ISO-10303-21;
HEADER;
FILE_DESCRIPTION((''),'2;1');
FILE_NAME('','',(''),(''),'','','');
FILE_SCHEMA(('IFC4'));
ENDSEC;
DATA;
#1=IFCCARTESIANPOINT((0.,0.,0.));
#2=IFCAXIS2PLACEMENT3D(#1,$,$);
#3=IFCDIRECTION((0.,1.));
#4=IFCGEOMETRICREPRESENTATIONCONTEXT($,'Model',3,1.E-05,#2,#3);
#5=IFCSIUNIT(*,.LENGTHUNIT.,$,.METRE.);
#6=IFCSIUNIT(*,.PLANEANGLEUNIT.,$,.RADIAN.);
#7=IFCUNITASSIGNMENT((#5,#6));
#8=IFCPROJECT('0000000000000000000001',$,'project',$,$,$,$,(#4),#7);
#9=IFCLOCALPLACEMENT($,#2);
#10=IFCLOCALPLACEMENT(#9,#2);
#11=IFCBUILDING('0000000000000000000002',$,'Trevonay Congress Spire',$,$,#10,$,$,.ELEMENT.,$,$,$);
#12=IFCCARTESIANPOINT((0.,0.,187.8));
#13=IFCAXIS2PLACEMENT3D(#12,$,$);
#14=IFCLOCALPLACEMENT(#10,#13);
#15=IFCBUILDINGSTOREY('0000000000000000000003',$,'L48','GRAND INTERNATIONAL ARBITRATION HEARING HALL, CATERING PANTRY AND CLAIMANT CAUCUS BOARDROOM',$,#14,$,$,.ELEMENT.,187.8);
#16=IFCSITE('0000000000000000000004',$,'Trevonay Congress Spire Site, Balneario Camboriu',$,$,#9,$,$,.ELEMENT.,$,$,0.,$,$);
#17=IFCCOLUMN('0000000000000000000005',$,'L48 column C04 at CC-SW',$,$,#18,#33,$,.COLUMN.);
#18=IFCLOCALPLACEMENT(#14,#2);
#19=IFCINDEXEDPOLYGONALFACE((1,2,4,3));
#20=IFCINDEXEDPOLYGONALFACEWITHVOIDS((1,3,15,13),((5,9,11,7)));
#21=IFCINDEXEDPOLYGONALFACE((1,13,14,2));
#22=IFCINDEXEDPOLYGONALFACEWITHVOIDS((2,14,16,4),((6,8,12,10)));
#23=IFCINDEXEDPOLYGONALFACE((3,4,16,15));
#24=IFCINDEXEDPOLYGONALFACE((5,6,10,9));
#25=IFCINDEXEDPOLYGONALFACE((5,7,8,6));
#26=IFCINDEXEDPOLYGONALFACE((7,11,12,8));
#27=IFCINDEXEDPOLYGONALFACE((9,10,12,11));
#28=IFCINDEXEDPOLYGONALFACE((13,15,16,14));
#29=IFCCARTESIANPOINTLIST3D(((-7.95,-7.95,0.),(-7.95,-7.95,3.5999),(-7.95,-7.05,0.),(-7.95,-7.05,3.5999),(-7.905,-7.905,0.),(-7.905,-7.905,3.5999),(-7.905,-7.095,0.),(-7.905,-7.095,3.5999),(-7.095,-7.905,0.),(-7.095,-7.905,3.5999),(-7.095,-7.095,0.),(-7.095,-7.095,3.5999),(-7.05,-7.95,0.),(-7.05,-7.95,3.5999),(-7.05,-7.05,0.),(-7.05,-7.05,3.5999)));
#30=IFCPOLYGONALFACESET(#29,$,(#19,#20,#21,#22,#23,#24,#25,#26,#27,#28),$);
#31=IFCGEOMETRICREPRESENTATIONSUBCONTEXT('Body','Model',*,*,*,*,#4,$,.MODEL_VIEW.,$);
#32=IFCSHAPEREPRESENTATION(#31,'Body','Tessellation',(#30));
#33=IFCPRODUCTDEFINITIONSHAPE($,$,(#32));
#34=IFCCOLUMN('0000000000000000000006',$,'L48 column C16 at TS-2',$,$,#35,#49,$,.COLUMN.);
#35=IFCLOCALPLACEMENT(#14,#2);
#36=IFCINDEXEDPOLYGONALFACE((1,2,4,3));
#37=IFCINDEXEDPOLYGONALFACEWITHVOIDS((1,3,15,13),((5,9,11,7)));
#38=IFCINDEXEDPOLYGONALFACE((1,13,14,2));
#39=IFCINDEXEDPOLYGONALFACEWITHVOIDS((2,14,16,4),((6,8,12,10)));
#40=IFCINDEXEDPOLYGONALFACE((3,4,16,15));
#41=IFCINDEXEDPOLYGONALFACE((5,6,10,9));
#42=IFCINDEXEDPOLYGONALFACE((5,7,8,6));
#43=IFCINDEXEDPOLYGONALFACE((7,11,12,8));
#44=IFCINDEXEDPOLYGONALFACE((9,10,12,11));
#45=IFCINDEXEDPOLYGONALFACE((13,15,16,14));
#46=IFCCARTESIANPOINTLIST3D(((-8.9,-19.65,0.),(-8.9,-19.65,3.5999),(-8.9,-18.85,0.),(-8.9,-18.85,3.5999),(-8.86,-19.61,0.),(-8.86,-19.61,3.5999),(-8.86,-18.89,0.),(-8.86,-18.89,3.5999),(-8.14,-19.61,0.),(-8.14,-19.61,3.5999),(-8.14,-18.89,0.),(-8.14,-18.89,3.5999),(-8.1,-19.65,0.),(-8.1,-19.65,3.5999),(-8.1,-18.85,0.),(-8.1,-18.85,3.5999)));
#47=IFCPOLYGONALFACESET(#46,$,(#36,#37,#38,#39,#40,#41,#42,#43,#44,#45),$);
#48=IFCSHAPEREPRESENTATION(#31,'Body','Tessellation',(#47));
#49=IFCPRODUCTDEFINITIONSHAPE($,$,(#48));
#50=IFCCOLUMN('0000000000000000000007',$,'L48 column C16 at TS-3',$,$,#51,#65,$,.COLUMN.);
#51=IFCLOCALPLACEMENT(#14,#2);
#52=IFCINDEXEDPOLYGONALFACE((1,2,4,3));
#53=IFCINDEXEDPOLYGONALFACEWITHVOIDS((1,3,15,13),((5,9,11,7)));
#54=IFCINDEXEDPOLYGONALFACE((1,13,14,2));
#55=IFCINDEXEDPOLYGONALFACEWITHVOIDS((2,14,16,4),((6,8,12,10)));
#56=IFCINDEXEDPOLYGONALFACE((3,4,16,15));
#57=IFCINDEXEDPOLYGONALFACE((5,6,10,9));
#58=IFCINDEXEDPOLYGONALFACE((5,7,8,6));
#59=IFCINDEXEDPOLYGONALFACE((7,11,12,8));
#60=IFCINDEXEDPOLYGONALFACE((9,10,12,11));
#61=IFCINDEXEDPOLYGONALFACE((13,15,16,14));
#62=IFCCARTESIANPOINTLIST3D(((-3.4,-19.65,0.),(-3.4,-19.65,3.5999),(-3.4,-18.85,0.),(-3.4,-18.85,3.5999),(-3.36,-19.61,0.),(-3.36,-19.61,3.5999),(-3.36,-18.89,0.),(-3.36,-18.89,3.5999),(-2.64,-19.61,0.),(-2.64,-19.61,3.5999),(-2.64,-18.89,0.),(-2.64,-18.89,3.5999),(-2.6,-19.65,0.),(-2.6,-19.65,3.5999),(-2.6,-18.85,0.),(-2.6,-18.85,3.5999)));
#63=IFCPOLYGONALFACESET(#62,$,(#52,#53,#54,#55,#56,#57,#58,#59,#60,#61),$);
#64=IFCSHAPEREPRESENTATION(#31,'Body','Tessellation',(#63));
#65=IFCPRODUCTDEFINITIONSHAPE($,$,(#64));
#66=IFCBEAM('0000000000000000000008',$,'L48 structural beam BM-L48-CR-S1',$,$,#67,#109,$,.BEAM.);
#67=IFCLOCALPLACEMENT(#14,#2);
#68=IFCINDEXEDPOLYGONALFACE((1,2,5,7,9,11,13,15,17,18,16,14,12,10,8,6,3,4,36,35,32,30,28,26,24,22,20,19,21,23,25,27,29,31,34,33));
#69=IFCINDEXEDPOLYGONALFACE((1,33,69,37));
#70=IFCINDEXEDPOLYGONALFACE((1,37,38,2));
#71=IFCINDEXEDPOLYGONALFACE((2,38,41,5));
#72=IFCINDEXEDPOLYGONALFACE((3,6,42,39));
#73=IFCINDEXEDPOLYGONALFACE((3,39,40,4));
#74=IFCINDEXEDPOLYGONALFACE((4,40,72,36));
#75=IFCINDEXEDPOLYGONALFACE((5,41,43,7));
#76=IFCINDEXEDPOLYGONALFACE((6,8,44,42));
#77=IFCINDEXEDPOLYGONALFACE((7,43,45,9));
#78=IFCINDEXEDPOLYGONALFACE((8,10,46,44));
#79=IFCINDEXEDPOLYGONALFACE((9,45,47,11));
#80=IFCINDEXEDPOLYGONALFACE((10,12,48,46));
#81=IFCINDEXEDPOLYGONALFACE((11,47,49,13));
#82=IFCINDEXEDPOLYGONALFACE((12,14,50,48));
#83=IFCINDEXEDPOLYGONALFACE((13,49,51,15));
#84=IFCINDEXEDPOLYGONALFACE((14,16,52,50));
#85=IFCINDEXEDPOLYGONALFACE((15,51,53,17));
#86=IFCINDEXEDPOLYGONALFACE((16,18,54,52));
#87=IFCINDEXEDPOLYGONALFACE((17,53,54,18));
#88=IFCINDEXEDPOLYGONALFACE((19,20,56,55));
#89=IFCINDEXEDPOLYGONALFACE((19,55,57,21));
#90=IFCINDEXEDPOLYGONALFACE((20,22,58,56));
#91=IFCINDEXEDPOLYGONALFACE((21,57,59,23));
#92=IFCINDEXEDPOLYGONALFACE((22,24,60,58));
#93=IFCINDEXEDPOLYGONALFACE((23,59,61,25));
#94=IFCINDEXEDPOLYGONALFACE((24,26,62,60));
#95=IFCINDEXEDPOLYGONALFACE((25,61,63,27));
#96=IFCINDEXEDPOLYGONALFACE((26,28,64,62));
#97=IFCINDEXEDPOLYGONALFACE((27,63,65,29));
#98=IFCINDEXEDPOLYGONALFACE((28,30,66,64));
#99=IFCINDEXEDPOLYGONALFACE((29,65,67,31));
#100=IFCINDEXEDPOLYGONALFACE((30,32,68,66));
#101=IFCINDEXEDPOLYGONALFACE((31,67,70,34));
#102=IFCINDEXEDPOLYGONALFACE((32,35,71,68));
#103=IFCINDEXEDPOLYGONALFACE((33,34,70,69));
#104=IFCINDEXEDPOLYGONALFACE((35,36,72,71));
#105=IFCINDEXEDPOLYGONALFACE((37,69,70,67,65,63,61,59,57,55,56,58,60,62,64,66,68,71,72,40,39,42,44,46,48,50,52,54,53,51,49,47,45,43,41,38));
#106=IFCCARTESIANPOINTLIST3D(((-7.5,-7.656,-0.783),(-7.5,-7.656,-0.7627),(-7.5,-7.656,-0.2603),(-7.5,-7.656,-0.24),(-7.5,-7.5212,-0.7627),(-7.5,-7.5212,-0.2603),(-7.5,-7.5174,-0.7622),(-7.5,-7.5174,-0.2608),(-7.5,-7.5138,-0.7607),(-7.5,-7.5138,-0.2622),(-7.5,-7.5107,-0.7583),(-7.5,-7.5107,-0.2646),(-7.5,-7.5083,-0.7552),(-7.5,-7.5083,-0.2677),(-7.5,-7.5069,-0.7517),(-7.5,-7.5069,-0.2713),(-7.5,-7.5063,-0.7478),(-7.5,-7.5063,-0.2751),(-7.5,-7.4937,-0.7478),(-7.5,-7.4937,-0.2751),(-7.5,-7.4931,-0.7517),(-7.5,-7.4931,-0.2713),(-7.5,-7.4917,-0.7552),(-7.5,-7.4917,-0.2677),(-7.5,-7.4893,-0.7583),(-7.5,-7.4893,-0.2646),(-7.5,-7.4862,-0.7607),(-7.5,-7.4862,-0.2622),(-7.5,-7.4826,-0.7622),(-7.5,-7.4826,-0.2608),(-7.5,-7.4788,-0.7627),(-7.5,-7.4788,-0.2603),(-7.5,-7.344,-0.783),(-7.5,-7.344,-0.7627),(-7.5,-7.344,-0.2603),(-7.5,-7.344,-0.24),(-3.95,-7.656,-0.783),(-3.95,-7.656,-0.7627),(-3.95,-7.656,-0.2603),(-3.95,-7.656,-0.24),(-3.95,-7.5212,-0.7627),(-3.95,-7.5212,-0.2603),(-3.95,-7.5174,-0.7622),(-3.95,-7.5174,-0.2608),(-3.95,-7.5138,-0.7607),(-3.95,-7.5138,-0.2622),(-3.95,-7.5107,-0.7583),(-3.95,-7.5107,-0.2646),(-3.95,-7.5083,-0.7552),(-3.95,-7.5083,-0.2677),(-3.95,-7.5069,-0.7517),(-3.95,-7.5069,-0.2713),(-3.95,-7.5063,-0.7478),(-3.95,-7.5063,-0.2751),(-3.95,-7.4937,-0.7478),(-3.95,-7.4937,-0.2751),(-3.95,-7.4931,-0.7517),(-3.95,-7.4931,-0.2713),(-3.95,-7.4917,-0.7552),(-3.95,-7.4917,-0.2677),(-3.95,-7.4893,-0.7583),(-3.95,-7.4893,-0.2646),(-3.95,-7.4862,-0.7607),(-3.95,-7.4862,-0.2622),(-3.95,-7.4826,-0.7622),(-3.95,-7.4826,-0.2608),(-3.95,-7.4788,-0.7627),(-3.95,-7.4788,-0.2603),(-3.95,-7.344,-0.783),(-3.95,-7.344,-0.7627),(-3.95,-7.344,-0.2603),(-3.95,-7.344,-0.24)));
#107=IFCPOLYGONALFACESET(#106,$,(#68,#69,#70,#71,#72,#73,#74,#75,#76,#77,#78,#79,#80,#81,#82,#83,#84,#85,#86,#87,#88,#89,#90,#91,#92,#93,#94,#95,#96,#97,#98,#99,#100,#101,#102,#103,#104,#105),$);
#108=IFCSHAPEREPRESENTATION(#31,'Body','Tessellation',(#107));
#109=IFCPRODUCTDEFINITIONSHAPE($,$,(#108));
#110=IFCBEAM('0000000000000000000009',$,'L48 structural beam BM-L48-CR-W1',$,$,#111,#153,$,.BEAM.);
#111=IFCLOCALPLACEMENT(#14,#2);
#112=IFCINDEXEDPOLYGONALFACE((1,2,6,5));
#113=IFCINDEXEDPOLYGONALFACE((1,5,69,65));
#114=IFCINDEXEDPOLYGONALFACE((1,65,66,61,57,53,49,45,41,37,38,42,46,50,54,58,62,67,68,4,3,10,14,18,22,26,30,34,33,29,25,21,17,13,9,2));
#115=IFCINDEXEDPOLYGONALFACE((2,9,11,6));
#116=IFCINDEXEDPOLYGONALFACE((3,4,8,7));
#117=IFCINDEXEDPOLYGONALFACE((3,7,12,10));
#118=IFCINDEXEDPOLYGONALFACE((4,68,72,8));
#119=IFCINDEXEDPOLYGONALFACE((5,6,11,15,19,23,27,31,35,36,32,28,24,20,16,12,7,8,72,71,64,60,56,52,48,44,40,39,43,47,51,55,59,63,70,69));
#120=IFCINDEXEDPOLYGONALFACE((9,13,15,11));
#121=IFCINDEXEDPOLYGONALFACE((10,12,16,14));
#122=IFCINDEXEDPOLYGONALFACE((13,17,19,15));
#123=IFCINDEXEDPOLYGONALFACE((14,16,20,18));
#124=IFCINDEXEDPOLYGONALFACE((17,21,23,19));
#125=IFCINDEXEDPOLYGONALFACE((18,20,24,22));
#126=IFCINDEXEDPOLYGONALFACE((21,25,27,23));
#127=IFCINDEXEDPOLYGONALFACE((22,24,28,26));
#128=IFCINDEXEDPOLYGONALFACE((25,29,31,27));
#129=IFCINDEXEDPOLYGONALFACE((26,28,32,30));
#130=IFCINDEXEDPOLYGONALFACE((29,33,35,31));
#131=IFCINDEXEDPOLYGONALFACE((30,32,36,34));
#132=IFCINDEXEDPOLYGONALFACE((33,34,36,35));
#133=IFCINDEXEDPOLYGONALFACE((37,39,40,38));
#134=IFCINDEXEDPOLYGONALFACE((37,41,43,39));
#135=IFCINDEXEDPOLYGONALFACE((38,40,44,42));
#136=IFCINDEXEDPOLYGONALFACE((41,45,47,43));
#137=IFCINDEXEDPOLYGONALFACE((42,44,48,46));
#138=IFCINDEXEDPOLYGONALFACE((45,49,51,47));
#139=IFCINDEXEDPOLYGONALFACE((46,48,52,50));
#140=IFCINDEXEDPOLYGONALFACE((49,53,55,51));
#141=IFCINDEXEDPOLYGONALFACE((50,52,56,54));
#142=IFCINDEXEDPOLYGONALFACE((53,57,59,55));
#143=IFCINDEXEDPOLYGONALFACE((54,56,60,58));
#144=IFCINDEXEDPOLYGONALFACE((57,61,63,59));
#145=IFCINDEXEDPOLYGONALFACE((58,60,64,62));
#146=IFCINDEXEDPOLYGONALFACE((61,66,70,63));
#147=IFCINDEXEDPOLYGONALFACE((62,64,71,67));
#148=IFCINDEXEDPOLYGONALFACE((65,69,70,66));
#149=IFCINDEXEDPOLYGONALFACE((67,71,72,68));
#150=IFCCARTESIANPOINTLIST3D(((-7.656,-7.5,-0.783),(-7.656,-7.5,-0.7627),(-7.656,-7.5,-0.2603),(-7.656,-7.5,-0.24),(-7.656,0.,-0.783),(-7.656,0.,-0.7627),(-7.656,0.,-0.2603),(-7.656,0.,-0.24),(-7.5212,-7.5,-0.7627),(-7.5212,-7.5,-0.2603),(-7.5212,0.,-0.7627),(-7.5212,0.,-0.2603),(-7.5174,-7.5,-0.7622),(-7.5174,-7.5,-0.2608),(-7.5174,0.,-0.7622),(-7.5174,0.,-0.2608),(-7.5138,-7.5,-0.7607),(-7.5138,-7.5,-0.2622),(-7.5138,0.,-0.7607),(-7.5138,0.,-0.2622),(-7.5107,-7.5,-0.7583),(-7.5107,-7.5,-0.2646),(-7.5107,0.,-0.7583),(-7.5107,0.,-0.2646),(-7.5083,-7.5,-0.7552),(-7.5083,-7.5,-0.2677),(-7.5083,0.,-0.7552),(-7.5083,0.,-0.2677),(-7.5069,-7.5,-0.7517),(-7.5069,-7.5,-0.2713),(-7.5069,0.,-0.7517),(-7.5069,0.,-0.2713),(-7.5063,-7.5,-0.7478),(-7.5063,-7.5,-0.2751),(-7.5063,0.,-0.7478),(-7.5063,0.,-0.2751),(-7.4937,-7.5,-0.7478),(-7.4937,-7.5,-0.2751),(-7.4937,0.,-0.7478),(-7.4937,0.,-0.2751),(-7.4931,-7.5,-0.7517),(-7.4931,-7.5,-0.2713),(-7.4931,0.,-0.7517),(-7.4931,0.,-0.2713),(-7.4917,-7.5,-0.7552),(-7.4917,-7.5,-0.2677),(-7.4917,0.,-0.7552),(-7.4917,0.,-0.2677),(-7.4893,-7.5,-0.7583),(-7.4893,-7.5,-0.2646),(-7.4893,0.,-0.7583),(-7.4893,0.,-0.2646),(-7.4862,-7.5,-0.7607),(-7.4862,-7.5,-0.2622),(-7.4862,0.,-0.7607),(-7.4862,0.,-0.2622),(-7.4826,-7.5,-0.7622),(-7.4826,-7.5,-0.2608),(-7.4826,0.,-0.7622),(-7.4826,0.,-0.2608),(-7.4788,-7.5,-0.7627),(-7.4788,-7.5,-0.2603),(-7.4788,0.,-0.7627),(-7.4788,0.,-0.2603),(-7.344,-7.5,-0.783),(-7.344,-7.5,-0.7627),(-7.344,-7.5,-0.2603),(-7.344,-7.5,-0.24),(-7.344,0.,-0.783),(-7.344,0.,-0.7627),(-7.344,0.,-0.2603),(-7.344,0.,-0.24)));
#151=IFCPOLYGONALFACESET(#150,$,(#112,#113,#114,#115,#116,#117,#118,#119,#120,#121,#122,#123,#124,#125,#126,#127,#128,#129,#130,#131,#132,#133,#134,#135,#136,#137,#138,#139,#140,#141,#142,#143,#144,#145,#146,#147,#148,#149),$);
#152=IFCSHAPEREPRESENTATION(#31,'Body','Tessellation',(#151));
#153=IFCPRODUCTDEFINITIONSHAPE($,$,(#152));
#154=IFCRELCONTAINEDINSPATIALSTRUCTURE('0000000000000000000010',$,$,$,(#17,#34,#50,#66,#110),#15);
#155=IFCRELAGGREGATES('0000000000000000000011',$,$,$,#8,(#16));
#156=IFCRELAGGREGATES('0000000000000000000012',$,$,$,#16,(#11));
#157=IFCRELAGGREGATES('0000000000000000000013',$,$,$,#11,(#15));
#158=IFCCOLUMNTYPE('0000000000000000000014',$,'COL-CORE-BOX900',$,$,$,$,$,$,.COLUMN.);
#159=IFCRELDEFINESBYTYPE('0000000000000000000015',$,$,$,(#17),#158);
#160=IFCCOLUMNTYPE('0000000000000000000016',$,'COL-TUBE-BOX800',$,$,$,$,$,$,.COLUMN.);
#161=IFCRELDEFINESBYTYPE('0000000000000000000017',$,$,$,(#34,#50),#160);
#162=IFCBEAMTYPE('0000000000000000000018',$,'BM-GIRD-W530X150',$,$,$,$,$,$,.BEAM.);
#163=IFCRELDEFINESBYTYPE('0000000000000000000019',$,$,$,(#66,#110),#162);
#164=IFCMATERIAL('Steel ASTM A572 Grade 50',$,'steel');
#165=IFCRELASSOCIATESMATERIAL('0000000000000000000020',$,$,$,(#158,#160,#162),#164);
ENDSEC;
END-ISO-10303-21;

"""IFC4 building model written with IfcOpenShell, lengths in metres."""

from ifc_helpers import new_model, si_unit, direction, frame, origin, origin_2d, place, context, subcontext, project, spatial, hollow_rectangle, i_section, extrude, material, material_profile, profile_set, type_object, element, save


model = new_model("IFC4")

# Units and contexts
model_context = context("Model", 3, precision=1e-05, world=origin(), true_north=direction((0.0, 1.0)))
body_context = subcontext(model_context, "Body", "Model", "MODEL_VIEW")
ifc_project = project(units=[si_unit("LENGTHUNIT", "METRE"), si_unit("PLANEANGLEUNIT", "RADIAN")], contexts=[model_context])

# Site, building, storey
site_placement = place(None, origin())
site = spatial("IfcSite", under=ifc_project, at=site_placement, Name="Trevonay Congress Spire Site, Balneario Camboriu", CompositionType="ELEMENT", RefElevation=0.0)
building_placement = place(site_placement, origin())
building = spatial("IfcBuilding", under=site, at=building_placement, Name="Trevonay Congress Spire", CompositionType="ELEMENT")
storey_placement = place(building_placement, frame((0.0, 0.0, 187.8)))
storey = spatial("IfcBuildingStorey", under=building, at=storey_placement, Name="L48", Description="GRAND INTERNATIONAL ARBITRATION HEARING HALL, CATERING PANTRY AND CLAIMANT CAUCUS BOARDROOM", CompositionType="ELEMENT", Elevation=187.8)

# Columns
ifc_material_1 = material(Name="Steel ASTM A572 Grade 50", Category="steel")
ifc_material_profile_1 = material_profile(ifc_material_1, hollow_rectangle(XDim=0.8999, YDim=0.8999, WallThickness=0.0449, at=origin_2d()), Name="BOX 900x900x45")
ifc_profile_set_1 = profile_set([ifc_material_profile_1], Name="Steel ASTM A572 Grade 50")
column_type_1 = type_object("IfcColumnType", Name="COL-CORE-BOX900", PredefinedType="COLUMN", material=ifc_profile_set_1)
column_placement = place(storey_placement, frame((-7.5, -7.5, 0.0), z_axis=(0.0, 0.0, 1.0), x_axis=(1.0, 0.0, 0.0)))
element("IfcColumn", 1, at=column_placement, inside=storey, type_object=column_type_1, Name="L48 column C04 at CC-SW", PredefinedType="COLUMN", context=body_context, shape_type="SweptSolid", body=[
    extrude(hollow_rectangle(XDim=0.8999, YDim=0.8999, WallThickness=0.0449, at=origin_2d()), origin(), (0.0, 0.0, 1.0), 3.5999),
])
ifc_material_profile_2 = material_profile(ifc_material_1, hollow_rectangle(XDim=0.8, YDim=0.8, WallThickness=0.04, at=origin_2d()), Name="BOX 800x800x40")
ifc_profile_set_2 = profile_set([ifc_material_profile_2], Name="Steel ASTM A572 Grade 50")
column_type_2 = type_object("IfcColumnType", Name="COL-TUBE-BOX800", PredefinedType="COLUMN", material=ifc_profile_set_2)
for number, where, z_axis, x_axis, name in (
    (2, (-8.5, -19.25, 0.0), (0.0, 0.0, 1.0), (1.0, 0.0, 0.0), "L48 column C16 at TS-2"),
    (3, (-3.0, -19.25, 0.0), (0.0, 0.0, 1.0), (1.0, 0.0, 0.0), "L48 column C16 at TS-3"),
):
    element("IfcColumn", number, at=place(storey_placement, frame(where, z_axis=z_axis, x_axis=x_axis)), inside=storey, type_object=column_type_2, Name=name, PredefinedType="COLUMN", context=body_context, shape_type="SweptSolid", body=[
        extrude(hollow_rectangle(XDim=0.8, YDim=0.8, WallThickness=0.04, at=origin_2d()), origin(), (0.0, 0.0, 1.0), 3.5999),
    ])

# Beams
ifc_material_profile_3 = material_profile(ifc_material_1, i_section(OverallWidth=0.312, OverallDepth=0.543, WebThickness=0.0127, FlangeThickness=0.0203, FilletRadius=0.0149, at=origin_2d()), Name="W530x150")
ifc_profile_set_3 = profile_set([ifc_material_profile_3], Name="Steel ASTM A572 Grade 50")
beam_type_1 = type_object("IfcBeamType", Name="BM-GIRD-W530X150", PredefinedType="BEAM", material=ifc_profile_set_3)
beam_1_placement = place(storey_placement, frame((-7.5, -7.5, -0.5115), z_axis=(1.0, 0.0, 0.0), x_axis=(0.0, 1.0, 0.0)))
element("IfcBeam", 4, at=beam_1_placement, inside=storey, type_object=beam_type_1, Name="L48 structural beam BM-L48-CR-S1", PredefinedType="BEAM", context=body_context, shape_type="SweptSolid", body=[
    extrude(i_section(OverallWidth=0.312, OverallDepth=0.543, WebThickness=0.0127, FlangeThickness=0.0203, FilletRadius=0.0149, at=origin_2d()), origin(), (0.0, 0.0, 1.0), 3.55),
])
beam_2_placement = place(storey_placement, frame((-7.5, -7.5, -0.5115), z_axis=(0.0, 1.0, 0.0), x_axis=(-1.0, 0.0, 0.0)))
element("IfcBeam", 5, at=beam_2_placement, inside=storey, type_object=beam_type_1, Name="L48 structural beam BM-L48-CR-W1", PredefinedType="BEAM", context=body_context, shape_type="SweptSolid", body=[
    extrude(i_section(OverallWidth=0.312, OverallDepth=0.543, WebThickness=0.0127, FlangeThickness=0.0203, FilletRadius=0.0149, at=origin_2d()), origin(), (0.0, 0.0, 1.0), 7.5),
])

save(model, "model.ifc")
